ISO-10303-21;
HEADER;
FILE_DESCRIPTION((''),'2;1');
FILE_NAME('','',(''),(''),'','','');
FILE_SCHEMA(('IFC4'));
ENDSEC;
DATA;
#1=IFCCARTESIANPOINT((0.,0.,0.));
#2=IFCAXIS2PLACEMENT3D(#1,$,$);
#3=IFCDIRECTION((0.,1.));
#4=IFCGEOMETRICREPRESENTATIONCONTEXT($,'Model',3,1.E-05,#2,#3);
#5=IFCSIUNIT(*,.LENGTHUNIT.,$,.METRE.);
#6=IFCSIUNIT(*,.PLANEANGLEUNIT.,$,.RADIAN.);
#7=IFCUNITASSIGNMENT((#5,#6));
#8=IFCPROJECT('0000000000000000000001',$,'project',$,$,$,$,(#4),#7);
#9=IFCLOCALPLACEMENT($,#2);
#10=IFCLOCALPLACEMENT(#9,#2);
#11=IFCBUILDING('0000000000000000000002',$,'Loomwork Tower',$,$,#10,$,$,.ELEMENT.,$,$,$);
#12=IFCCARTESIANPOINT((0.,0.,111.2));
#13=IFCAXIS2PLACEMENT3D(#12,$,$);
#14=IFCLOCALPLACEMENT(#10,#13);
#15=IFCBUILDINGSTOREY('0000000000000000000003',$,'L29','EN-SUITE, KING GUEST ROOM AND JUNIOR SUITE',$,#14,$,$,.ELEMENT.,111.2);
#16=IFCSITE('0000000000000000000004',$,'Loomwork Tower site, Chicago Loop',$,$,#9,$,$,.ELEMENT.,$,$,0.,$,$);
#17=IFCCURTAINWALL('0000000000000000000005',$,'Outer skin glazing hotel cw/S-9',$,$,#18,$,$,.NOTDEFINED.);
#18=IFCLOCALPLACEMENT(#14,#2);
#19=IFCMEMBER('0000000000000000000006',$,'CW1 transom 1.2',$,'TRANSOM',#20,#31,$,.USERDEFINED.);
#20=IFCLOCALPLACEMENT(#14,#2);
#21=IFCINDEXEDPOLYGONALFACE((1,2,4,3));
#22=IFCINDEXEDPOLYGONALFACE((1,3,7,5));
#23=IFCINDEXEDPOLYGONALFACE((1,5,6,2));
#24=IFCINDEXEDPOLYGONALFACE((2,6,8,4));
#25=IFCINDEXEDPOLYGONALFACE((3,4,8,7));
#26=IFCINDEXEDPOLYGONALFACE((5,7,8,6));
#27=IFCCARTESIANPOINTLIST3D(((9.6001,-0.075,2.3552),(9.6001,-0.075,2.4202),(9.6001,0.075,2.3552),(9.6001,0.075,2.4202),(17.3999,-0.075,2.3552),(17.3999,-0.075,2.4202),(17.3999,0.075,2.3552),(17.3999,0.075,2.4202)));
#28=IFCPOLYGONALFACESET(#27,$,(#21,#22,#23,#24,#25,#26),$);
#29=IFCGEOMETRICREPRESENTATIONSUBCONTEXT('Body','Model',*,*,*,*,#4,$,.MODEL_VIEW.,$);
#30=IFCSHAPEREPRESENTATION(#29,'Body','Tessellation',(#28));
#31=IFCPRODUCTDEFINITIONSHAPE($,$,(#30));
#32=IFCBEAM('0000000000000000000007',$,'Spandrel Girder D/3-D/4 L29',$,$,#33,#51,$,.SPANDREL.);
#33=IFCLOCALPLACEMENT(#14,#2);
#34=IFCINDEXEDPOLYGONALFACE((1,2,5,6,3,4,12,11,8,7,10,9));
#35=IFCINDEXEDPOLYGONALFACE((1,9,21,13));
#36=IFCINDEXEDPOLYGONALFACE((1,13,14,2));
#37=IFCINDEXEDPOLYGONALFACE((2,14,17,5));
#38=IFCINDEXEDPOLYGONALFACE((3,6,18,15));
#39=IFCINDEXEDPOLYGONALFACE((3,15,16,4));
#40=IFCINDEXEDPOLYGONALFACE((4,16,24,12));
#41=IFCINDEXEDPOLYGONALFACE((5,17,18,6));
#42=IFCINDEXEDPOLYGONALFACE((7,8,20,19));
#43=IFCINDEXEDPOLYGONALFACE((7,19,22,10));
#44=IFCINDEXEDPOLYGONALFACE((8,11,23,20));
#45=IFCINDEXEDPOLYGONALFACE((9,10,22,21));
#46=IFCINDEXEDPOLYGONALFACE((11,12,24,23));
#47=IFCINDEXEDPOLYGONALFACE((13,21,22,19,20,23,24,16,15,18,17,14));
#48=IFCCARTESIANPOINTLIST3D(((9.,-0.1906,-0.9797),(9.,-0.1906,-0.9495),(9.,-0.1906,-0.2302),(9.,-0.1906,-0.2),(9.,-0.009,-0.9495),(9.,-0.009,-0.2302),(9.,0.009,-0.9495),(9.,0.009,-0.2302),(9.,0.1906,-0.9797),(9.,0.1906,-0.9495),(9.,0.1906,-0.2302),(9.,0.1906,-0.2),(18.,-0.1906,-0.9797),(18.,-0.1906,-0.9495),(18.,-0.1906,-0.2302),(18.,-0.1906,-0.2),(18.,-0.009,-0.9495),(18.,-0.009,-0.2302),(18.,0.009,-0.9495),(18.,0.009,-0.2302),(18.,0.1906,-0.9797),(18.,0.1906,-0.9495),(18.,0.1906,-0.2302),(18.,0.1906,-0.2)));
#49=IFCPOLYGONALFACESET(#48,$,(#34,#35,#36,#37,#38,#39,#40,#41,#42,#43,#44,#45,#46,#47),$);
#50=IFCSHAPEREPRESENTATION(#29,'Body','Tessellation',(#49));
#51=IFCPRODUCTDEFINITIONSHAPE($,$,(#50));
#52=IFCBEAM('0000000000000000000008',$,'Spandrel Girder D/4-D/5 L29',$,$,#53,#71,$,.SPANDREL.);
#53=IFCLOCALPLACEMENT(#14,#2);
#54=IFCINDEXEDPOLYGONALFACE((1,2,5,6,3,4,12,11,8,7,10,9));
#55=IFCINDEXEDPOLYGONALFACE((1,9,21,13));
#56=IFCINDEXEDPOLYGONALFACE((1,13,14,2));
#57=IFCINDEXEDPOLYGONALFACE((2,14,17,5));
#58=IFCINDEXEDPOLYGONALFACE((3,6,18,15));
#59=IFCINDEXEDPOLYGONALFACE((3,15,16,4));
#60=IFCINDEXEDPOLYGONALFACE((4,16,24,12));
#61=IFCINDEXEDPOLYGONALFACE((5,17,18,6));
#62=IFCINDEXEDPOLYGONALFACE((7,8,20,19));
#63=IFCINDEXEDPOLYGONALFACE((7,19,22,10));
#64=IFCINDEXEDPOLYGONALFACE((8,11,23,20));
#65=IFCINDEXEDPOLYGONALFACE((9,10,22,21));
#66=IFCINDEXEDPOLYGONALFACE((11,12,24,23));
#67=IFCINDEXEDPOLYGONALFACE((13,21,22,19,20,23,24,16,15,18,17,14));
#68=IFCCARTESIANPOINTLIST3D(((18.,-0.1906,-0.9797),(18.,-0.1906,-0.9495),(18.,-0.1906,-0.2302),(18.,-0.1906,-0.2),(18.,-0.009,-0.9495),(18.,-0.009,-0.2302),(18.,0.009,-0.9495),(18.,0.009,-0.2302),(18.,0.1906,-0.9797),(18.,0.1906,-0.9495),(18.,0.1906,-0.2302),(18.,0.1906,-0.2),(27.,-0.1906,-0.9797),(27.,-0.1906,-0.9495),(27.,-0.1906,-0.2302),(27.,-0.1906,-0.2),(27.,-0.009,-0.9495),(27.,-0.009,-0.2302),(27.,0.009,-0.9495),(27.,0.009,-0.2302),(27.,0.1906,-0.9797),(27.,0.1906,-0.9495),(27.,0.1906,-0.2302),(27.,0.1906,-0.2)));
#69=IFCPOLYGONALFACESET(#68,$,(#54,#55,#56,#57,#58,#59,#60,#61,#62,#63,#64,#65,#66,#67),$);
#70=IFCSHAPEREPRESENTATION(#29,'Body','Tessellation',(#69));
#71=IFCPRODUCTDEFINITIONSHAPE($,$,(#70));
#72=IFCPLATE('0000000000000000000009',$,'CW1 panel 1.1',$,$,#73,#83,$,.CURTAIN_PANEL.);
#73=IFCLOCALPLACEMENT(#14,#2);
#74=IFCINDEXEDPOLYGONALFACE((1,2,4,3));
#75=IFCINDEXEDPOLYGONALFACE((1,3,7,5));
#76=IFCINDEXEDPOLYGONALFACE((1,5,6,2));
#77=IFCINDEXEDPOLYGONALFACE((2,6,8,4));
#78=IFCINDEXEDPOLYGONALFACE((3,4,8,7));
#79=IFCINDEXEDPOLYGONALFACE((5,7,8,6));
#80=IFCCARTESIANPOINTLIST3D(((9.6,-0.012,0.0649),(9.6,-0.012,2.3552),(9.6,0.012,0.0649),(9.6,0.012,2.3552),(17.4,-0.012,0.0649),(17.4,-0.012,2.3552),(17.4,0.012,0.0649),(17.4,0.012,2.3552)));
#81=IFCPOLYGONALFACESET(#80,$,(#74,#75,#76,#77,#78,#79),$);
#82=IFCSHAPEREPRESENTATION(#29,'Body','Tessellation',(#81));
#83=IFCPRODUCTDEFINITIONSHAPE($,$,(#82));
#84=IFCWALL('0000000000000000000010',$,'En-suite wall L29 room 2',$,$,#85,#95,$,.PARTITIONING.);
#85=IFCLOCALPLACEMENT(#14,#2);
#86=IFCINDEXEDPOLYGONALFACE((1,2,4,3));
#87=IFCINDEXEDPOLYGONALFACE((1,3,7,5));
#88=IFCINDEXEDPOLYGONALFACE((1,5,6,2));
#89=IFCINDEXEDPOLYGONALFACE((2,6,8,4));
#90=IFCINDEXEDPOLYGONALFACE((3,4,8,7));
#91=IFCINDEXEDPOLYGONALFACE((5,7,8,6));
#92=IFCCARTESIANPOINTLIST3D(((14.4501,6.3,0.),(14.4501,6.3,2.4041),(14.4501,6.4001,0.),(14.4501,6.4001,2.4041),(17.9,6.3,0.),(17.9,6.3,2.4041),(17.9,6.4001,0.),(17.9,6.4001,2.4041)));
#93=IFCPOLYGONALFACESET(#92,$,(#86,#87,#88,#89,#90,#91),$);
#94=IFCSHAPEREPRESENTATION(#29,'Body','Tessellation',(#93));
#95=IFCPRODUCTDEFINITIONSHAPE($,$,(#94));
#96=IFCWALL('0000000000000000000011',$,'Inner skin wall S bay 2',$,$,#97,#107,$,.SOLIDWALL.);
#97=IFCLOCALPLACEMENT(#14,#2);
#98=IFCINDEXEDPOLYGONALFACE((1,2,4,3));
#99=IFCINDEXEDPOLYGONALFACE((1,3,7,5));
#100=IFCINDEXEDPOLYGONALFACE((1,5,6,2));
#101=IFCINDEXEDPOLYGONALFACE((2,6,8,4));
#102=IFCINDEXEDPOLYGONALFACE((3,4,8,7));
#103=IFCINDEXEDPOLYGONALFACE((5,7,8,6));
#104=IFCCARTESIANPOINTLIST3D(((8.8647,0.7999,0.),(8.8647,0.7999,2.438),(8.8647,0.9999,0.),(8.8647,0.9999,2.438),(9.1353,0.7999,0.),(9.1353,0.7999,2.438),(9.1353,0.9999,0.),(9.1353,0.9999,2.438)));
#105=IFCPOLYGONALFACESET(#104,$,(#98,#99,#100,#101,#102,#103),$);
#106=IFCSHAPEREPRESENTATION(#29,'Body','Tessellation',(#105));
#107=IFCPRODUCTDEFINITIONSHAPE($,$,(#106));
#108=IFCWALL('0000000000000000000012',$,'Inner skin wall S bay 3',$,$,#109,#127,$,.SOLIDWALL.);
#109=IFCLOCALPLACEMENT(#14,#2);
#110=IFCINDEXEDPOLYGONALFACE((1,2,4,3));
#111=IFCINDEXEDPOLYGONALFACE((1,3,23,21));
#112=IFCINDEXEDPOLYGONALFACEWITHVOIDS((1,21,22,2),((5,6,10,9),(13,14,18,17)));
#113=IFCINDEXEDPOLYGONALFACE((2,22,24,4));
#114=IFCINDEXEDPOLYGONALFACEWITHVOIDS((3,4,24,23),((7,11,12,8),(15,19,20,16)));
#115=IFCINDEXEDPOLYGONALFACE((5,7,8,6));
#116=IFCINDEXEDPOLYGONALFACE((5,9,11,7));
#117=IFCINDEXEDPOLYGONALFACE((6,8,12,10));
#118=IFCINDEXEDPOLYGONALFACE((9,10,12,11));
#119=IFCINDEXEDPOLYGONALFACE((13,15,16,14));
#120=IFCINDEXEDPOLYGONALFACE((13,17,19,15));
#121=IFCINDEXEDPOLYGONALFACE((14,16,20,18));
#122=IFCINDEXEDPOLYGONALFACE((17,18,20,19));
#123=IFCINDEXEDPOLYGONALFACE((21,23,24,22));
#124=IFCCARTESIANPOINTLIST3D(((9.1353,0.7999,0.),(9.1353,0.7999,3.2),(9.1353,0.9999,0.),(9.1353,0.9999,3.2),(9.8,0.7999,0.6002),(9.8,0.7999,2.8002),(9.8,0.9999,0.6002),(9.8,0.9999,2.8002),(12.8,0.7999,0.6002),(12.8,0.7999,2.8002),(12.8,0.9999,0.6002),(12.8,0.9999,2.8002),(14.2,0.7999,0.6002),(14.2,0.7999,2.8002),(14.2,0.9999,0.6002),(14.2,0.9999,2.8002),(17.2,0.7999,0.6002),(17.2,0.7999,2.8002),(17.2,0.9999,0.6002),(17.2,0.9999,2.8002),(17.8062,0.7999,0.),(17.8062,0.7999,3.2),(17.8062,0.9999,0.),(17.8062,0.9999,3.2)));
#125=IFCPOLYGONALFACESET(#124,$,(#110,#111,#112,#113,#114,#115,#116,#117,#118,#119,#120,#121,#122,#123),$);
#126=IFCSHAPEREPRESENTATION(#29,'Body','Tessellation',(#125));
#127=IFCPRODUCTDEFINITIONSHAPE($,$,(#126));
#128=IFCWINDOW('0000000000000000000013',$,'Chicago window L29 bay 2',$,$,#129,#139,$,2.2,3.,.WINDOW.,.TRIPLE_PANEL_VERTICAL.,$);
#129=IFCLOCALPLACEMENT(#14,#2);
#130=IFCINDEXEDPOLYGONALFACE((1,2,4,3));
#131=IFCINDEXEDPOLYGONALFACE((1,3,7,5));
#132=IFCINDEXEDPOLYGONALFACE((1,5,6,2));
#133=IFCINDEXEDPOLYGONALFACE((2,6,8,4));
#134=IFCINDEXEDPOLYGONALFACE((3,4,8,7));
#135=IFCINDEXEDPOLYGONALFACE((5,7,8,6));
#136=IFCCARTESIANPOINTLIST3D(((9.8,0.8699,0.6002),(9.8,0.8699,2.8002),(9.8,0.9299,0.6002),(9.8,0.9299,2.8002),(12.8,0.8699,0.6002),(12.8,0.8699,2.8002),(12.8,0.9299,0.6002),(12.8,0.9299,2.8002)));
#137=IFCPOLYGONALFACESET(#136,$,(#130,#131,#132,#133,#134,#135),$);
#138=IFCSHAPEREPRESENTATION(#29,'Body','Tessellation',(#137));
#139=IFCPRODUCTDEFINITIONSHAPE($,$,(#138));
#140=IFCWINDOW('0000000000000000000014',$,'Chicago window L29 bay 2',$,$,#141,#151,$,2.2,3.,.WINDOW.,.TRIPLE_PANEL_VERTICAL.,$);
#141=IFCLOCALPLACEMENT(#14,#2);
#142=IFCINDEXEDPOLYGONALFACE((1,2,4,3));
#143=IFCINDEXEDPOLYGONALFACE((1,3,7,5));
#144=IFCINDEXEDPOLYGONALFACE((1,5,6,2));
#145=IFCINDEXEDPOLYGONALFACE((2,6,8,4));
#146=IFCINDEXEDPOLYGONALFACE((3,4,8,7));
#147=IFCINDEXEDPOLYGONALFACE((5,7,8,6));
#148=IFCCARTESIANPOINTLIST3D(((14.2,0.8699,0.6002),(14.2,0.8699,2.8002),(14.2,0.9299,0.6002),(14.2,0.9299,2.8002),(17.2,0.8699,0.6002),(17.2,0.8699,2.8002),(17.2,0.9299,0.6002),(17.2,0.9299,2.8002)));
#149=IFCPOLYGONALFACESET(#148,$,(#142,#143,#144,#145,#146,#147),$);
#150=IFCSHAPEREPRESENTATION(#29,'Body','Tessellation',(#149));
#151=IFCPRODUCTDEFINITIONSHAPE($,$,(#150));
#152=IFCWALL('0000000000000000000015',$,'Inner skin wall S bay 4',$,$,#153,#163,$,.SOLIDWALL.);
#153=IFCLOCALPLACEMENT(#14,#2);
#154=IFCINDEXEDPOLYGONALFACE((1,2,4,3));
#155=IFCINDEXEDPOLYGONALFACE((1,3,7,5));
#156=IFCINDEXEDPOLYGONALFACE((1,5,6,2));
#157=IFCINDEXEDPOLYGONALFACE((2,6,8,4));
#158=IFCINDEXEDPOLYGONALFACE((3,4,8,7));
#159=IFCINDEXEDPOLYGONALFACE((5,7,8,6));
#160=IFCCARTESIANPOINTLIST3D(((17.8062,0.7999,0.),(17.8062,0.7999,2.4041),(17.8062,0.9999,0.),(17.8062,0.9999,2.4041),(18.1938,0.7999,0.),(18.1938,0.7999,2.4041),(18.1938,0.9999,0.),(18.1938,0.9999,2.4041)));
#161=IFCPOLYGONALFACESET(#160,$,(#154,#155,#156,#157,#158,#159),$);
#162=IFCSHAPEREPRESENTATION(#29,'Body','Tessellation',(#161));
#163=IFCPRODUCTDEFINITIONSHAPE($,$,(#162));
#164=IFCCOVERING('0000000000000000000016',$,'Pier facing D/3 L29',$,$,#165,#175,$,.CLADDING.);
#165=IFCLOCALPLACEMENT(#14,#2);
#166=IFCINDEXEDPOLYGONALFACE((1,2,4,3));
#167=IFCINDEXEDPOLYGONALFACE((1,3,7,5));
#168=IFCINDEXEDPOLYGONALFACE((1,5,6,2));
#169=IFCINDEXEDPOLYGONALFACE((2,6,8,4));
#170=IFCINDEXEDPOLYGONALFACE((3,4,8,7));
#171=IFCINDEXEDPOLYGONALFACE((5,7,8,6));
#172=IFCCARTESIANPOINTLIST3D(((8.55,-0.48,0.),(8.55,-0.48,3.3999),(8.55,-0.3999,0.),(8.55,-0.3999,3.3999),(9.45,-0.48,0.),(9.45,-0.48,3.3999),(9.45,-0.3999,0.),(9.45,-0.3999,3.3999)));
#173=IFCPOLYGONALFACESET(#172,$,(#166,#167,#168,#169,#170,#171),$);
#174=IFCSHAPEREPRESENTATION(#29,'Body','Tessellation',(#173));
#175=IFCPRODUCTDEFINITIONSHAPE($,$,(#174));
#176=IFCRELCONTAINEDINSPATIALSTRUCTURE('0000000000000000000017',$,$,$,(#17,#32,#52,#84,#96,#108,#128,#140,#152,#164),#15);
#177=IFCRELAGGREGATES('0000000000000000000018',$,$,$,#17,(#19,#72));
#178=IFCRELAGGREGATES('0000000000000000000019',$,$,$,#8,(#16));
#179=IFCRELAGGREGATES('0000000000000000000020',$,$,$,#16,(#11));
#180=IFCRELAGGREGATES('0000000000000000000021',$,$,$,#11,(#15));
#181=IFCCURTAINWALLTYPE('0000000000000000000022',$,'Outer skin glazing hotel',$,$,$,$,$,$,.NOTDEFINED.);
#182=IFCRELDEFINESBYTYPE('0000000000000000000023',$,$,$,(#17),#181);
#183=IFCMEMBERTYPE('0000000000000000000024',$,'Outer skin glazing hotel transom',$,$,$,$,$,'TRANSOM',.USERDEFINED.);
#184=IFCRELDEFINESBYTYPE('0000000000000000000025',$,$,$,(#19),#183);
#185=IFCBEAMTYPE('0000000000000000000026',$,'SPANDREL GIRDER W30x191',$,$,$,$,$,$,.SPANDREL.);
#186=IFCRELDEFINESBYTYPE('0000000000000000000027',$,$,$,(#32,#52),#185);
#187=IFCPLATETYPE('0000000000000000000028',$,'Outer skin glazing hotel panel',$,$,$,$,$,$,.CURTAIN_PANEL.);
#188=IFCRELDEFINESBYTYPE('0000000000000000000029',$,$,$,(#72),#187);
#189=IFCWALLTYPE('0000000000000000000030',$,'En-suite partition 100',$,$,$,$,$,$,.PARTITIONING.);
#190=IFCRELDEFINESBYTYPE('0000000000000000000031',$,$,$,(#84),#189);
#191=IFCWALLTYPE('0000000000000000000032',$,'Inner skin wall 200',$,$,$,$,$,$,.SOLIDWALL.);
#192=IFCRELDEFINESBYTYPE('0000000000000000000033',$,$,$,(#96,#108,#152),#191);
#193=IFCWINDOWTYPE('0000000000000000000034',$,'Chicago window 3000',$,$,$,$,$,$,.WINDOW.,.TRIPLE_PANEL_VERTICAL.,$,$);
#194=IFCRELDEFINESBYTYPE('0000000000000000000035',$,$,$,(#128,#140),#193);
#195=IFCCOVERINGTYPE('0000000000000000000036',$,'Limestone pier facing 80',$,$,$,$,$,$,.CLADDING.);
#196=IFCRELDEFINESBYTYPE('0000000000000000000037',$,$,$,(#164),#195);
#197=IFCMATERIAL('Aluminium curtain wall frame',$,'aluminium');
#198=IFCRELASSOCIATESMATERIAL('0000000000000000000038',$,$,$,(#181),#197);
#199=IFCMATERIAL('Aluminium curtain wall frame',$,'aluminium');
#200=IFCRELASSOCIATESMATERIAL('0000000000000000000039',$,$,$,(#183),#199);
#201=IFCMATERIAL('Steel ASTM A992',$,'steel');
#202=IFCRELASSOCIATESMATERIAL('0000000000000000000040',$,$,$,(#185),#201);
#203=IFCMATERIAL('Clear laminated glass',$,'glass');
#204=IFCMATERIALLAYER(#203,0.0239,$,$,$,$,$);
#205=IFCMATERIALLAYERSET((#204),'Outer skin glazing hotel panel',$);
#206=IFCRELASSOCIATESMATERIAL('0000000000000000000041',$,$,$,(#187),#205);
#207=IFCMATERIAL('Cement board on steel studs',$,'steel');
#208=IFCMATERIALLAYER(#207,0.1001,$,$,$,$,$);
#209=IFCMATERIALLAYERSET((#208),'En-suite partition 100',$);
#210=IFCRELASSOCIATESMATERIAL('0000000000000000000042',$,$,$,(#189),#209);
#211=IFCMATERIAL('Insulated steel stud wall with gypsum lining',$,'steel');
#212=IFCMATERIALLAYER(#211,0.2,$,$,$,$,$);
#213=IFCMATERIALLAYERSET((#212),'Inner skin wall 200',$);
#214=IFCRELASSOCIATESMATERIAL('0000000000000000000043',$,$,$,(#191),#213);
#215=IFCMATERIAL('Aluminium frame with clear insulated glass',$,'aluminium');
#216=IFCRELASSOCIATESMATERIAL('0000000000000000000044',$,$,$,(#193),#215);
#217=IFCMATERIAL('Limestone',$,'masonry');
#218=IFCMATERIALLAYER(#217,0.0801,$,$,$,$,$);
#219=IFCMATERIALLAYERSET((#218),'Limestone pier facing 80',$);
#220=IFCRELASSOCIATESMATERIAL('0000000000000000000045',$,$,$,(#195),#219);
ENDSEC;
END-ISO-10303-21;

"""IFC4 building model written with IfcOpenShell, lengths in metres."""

from ifc_helpers import new_model, si_unit, direction, frame, frame_2d, origin, origin_2d, place, context, subcontext, project, spatial, rectangle, i_section, extrude, material, layer, layer_set, material_profile, profile_set, type_object, element, fill, aggregate, save


model = new_model("IFC4")

# Units and contexts
model_context = context("Model", 3, precision=1e-05, world=origin(), true_north=direction((0.0, 1.0)))
body_context = subcontext(model_context, "Body", "Model", "MODEL_VIEW")
ifc_project = project(units=[si_unit("LENGTHUNIT", "METRE"), si_unit("PLANEANGLEUNIT", "RADIAN")], contexts=[model_context])

# Site, building, storey
site_placement = place(None, origin())
site = spatial("IfcSite", under=ifc_project, at=site_placement, Name="Loomwork Tower site, Chicago Loop", CompositionType="ELEMENT", RefElevation=0.0)
building_placement = place(site_placement, origin())
building = spatial("IfcBuilding", under=site, at=building_placement, Name="Loomwork Tower", CompositionType="ELEMENT")
storey_placement = place(building_placement, frame((0.0, 0.0, 111.2)))
storey = spatial("IfcBuildingStorey", under=building, at=storey_placement, Name="L29", Description="EN-SUITE, KING GUEST ROOM AND JUNIOR SUITE", CompositionType="ELEMENT", Elevation=111.2)

# Shared definitions
ifc_material_1 = material(Name="Aluminium curtain wall frame", Category="aluminium")
curtain_wall_type = type_object("IfcCurtainWallType", Name="Outer skin glazing hotel", PredefinedType="NOTDEFINED", material=ifc_material_1)

# Curtain wall, member
curtain_wall_1_placement = place(storey_placement, origin())
curtain_wall_1 = element("IfcCurtainWall", 1, at=curtain_wall_1_placement, inside=storey, type_object=curtain_wall_type, Name="Outer skin glazing hotel cw/S-9", PredefinedType="NOTDEFINED")
ifc_material_2 = material(Name="Aluminium curtain wall frame", Category="aluminium")
ifc_material_profile_1 = material_profile(ifc_material_2, rectangle(XDim=0.1499, YDim=0.0649, at=origin_2d()), Name="AL 65x150")
ifc_profile_set_1 = profile_set([ifc_material_profile_1], Name="Aluminium curtain wall frame")
member_type_1 = type_object("IfcMemberType", Name="Outer skin glazing hotel transom", ElementType="TRANSOM", PredefinedType="USERDEFINED", material=ifc_profile_set_1)
member_1_placement = place(storey_placement, frame((9.6001, 0.0, 2.3877), z_axis=(1.0, 0.0, 0.0), x_axis=(0.0, 1.0, 0.0)))
member_1 = element("IfcMember", 2, at=member_1_placement, type_object=member_type_1, Name="CW1 transom 1.2", ObjectType="TRANSOM", PredefinedType="USERDEFINED", context=body_context, shape_type="SweptSolid", body=[
    extrude(rectangle(XDim=0.1499, YDim=0.0649, at=origin_2d()), origin(), (0.0, 0.0, 1.0), 7.7998),
])

# Beams
ifc_material_3 = material(Name="Steel ASTM A992", Category="steel")
ifc_material_profile_2 = material_profile(ifc_material_3, i_section(OverallWidth=0.3811, OverallDepth=0.7798, WebThickness=0.0181, FlangeThickness=0.0303, at=origin_2d()), Name="W30x191")
ifc_profile_set_2 = profile_set([ifc_material_profile_2], Name="Steel ASTM A992")
beam_type_1 = type_object("IfcBeamType", Name="SPANDREL GIRDER W30x191", PredefinedType="SPANDREL", material=ifc_profile_set_2)
for number, where, z_axis, x_axis, name in (
    (3, (9.0, 0.0, -0.5898), (1.0, 0.0, 0.0), (0.0, 1.0, 0.0), "Spandrel Girder D/3-D/4 L29"),
    (4, (18.0, 0.0, -0.5898), (1.0, 0.0, 0.0), (0.0, 1.0, 0.0), "Spandrel Girder D/4-D/5 L29"),
):
    element("IfcBeam", number, at=place(storey_placement, frame(where, z_axis=z_axis, x_axis=x_axis)), inside=storey, type_object=beam_type_1, Name=name, PredefinedType="SPANDREL", context=body_context, shape_type="SweptSolid", body=[
        extrude(i_section(OverallWidth=0.3811, OverallDepth=0.7798, WebThickness=0.0181, FlangeThickness=0.0303, at=origin_2d()), origin(), (0.0, 0.0, 1.0), 9.0),
    ])

# Plate
ifc_material_4 = material(Name="Clear laminated glass", Category="glass")
ifc_layer_1 = layer(ifc_material_4, 0.0239)
ifc_layer_set_1 = layer_set([ifc_layer_1], Name="Outer skin glazing hotel panel")
plate_type = type_object("IfcPlateType", Name="Outer skin glazing hotel panel", PredefinedType="CURTAIN_PANEL", material=ifc_layer_set_1)
plate_placement = place(storey_placement, frame((13.5, 0.0, 0.0649), z_axis=(0.0, 0.0, 1.0), x_axis=(1.0, 0.0, 0.0)))
plate = element("IfcPlate", 5, at=plate_placement, type_object=plate_type, Name="CW1 panel 1.1", PredefinedType="CURTAIN_PANEL", context=body_context, shape_type="SweptSolid", body=[
    extrude(rectangle(XDim=7.8, YDim=0.0239, at=origin_2d()), origin(), (0.0, 0.0, 1.0), 2.2903),
])
aggregate(curtain_wall_1, [member_1, plate])

# Walls
ifc_material_5 = material(Name="Cement board on steel studs", Category="steel")
ifc_layer_2 = layer(ifc_material_5, 0.1001)
ifc_layer_set_2 = layer_set([ifc_layer_2], Name="En-suite partition 100")
wall_type_1 = type_object("IfcWallType", Name="En-suite partition 100", PredefinedType="PARTITIONING", material=ifc_layer_set_2)
wall_1_placement = place(storey_placement, frame((14.45, 6.3501, 0.0), z_axis=(0.0, 0.0, 1.0), x_axis=(1.0, 0.0, 0.0)))
element("IfcWall", 6, at=wall_1_placement, inside=storey, type_object=wall_type_1, Name="En-suite wall L29 room 2", PredefinedType="PARTITIONING", context=body_context, shape_type="SweptSolid", body=[
    extrude(rectangle(XDim=3.45, YDim=0.1001, at=frame_2d((1.7251, 0.0))), origin(), (0.0, 0.0, 1.0), 2.4041),
])
ifc_material_6 = material(Name="Insulated steel stud wall with gypsum lining", Category="steel")
ifc_layer_3 = layer(ifc_material_6, 0.2)
ifc_layer_set_3 = layer_set([ifc_layer_3], Name="Inner skin wall 200")
wall_type_2 = type_object("IfcWallType", Name="Inner skin wall 200", PredefinedType="SOLIDWALL", material=ifc_layer_set_3)
wall_2_placement = place(storey_placement, frame((8.8647, 0.8999, 0.0), z_axis=(0.0, 0.0, 1.0), x_axis=(1.0, 0.0, 0.0)))
element("IfcWall", 7, at=wall_2_placement, inside=storey, type_object=wall_type_2, Name="Inner skin wall S bay 2", PredefinedType="SOLIDWALL", context=body_context, shape_type="SweptSolid", body=[
    extrude(rectangle(XDim=0.2705, YDim=0.2, at=frame_2d((0.1353, 0.0))), origin(), (0.0, 0.0, 1.0), 2.438),
])

# Wall, openings, windows
wall_3_placement = place(storey_placement, frame((9.1353, 0.8999, 0.0), z_axis=(0.0, 0.0, 1.0), x_axis=(1.0, 0.0, 0.0)))
wall_3 = element("IfcWall", 8, at=wall_3_placement, inside=storey, type_object=wall_type_2, Name="Inner skin wall S bay 3", PredefinedType="SOLIDWALL", context=body_context, shape_type="SweptSolid", body=[
    extrude(rectangle(XDim=8.6709, YDim=0.2, at=frame_2d((4.3354, 0.0))), origin(), (0.0, 0.0, 1.0), 3.2),
])
opening_1_placement = place(wall_3_placement, frame((0.6648, 0.0, 0.6001)))
opening_1 = element("IfcOpeningElement", 9, at=opening_1_placement, cuts=wall_3, PredefinedType="OPENING", context=body_context, shape_type="SweptSolid", body=[
    extrude(rectangle(XDim=3.0, YDim=2.2, at=frame_2d((1.5, 1.1001))), frame((0.0, 0.1099, 0.0), z_axis=(0.0, -1.0, 0.0), x_axis=(1.0, 0.0, 0.0)), (0.0, 0.0, 1.0), 0.22),
])
opening_2_placement = place(wall_3_placement, frame((5.0647, 0.0, 0.6001)))
opening_2 = element("IfcOpeningElement", 10, at=opening_2_placement, cuts=wall_3, PredefinedType="OPENING", context=body_context, shape_type="SweptSolid", body=[
    extrude(rectangle(XDim=3.0, YDim=2.2, at=frame_2d((1.5, 1.1001))), frame((0.0, 0.1099, 0.0), z_axis=(0.0, -1.0, 0.0), x_axis=(1.0, 0.0, 0.0)), (0.0, 0.0, 1.0), 0.22),
])
ifc_material_7 = material(Name="Aluminium frame with clear insulated glass", Category="aluminium")
window_type = type_object("IfcWindowType", Name="Chicago window 3000", PartitioningType="TRIPLE_PANEL_VERTICAL", PredefinedType="WINDOW", material=ifc_material_7)
window_1_placement = place(opening_1_placement, origin())
window_1 = element("IfcWindow", 11, at=window_1_placement, inside=storey, type_object=window_type, Name="Chicago window L29 bay 2", OverallHeight=2.2, OverallWidth=3.0, PartitioningType="TRIPLE_PANEL_VERTICAL", PredefinedType="WINDOW", context=body_context, shape_type="SweptSolid", body=[
    extrude(rectangle(XDim=3.0, YDim=2.2, at=frame_2d((1.5, 1.1001))), frame((0.0, 0.03, 0.0), z_axis=(0.0, -1.0, 0.0), x_axis=(1.0, 0.0, 0.0)), (0.0, 0.0, 1.0), 0.0601),
])
fill(opening_1, window_1)
window_2_placement = place(opening_2_placement, origin())
window_2 = element("IfcWindow", 12, at=window_2_placement, inside=storey, type_object=window_type, Name="Chicago window L29 bay 2", OverallHeight=2.2, OverallWidth=3.0, PartitioningType="TRIPLE_PANEL_VERTICAL", PredefinedType="WINDOW", context=body_context, shape_type="SweptSolid", body=[
    extrude(rectangle(XDim=3.0, YDim=2.2, at=frame_2d((1.5, 1.1001))), frame((0.0, 0.03, 0.0), z_axis=(0.0, -1.0, 0.0), x_axis=(1.0, 0.0, 0.0)), (0.0, 0.0, 1.0), 0.0601),
])
fill(opening_2, window_2)

# Wall
wall_4_placement = place(storey_placement, frame((17.8062, 0.8999, 0.0), z_axis=(0.0, 0.0, 1.0), x_axis=(1.0, 0.0, 0.0)))
element("IfcWall", 13, at=wall_4_placement, inside=storey, type_object=wall_type_2, Name="Inner skin wall S bay 4", PredefinedType="SOLIDWALL", context=body_context, shape_type="SweptSolid", body=[
    extrude(rectangle(XDim=0.3877, YDim=0.2, at=frame_2d((0.1938, 0.0))), origin(), (0.0, 0.0, 1.0), 2.4041),
])

# Covering
ifc_material_8 = material(Name="Limestone", Category="masonry")
ifc_layer_4 = layer(ifc_material_8, 0.0801)
ifc_layer_set_4 = layer_set([ifc_layer_4], Name="Limestone pier facing 80")
covering_type = type_object("IfcCoveringType", Name="Limestone pier facing 80", PredefinedType="CLADDING", material=ifc_layer_set_4)
for number, where, z_axis, x_axis, name in (
    (14, (9.0, -0.4399, 0.0), (0.0, 0.0, 1.0), (1.0, 0.0, 0.0), "Pier facing D/3 L29"),
):
    element("IfcCovering", number, at=place(storey_placement, frame(where, z_axis=z_axis, x_axis=x_axis)), inside=storey, type_object=covering_type, Name=name, PredefinedType="CLADDING", context=body_context, shape_type="SweptSolid", body=[
        extrude(rectangle(XDim=0.8999, YDim=0.0801, at=origin_2d()), origin(), (0.0, 0.0, 1.0), 3.3999),
    ])

save(model, "model.ifc")
